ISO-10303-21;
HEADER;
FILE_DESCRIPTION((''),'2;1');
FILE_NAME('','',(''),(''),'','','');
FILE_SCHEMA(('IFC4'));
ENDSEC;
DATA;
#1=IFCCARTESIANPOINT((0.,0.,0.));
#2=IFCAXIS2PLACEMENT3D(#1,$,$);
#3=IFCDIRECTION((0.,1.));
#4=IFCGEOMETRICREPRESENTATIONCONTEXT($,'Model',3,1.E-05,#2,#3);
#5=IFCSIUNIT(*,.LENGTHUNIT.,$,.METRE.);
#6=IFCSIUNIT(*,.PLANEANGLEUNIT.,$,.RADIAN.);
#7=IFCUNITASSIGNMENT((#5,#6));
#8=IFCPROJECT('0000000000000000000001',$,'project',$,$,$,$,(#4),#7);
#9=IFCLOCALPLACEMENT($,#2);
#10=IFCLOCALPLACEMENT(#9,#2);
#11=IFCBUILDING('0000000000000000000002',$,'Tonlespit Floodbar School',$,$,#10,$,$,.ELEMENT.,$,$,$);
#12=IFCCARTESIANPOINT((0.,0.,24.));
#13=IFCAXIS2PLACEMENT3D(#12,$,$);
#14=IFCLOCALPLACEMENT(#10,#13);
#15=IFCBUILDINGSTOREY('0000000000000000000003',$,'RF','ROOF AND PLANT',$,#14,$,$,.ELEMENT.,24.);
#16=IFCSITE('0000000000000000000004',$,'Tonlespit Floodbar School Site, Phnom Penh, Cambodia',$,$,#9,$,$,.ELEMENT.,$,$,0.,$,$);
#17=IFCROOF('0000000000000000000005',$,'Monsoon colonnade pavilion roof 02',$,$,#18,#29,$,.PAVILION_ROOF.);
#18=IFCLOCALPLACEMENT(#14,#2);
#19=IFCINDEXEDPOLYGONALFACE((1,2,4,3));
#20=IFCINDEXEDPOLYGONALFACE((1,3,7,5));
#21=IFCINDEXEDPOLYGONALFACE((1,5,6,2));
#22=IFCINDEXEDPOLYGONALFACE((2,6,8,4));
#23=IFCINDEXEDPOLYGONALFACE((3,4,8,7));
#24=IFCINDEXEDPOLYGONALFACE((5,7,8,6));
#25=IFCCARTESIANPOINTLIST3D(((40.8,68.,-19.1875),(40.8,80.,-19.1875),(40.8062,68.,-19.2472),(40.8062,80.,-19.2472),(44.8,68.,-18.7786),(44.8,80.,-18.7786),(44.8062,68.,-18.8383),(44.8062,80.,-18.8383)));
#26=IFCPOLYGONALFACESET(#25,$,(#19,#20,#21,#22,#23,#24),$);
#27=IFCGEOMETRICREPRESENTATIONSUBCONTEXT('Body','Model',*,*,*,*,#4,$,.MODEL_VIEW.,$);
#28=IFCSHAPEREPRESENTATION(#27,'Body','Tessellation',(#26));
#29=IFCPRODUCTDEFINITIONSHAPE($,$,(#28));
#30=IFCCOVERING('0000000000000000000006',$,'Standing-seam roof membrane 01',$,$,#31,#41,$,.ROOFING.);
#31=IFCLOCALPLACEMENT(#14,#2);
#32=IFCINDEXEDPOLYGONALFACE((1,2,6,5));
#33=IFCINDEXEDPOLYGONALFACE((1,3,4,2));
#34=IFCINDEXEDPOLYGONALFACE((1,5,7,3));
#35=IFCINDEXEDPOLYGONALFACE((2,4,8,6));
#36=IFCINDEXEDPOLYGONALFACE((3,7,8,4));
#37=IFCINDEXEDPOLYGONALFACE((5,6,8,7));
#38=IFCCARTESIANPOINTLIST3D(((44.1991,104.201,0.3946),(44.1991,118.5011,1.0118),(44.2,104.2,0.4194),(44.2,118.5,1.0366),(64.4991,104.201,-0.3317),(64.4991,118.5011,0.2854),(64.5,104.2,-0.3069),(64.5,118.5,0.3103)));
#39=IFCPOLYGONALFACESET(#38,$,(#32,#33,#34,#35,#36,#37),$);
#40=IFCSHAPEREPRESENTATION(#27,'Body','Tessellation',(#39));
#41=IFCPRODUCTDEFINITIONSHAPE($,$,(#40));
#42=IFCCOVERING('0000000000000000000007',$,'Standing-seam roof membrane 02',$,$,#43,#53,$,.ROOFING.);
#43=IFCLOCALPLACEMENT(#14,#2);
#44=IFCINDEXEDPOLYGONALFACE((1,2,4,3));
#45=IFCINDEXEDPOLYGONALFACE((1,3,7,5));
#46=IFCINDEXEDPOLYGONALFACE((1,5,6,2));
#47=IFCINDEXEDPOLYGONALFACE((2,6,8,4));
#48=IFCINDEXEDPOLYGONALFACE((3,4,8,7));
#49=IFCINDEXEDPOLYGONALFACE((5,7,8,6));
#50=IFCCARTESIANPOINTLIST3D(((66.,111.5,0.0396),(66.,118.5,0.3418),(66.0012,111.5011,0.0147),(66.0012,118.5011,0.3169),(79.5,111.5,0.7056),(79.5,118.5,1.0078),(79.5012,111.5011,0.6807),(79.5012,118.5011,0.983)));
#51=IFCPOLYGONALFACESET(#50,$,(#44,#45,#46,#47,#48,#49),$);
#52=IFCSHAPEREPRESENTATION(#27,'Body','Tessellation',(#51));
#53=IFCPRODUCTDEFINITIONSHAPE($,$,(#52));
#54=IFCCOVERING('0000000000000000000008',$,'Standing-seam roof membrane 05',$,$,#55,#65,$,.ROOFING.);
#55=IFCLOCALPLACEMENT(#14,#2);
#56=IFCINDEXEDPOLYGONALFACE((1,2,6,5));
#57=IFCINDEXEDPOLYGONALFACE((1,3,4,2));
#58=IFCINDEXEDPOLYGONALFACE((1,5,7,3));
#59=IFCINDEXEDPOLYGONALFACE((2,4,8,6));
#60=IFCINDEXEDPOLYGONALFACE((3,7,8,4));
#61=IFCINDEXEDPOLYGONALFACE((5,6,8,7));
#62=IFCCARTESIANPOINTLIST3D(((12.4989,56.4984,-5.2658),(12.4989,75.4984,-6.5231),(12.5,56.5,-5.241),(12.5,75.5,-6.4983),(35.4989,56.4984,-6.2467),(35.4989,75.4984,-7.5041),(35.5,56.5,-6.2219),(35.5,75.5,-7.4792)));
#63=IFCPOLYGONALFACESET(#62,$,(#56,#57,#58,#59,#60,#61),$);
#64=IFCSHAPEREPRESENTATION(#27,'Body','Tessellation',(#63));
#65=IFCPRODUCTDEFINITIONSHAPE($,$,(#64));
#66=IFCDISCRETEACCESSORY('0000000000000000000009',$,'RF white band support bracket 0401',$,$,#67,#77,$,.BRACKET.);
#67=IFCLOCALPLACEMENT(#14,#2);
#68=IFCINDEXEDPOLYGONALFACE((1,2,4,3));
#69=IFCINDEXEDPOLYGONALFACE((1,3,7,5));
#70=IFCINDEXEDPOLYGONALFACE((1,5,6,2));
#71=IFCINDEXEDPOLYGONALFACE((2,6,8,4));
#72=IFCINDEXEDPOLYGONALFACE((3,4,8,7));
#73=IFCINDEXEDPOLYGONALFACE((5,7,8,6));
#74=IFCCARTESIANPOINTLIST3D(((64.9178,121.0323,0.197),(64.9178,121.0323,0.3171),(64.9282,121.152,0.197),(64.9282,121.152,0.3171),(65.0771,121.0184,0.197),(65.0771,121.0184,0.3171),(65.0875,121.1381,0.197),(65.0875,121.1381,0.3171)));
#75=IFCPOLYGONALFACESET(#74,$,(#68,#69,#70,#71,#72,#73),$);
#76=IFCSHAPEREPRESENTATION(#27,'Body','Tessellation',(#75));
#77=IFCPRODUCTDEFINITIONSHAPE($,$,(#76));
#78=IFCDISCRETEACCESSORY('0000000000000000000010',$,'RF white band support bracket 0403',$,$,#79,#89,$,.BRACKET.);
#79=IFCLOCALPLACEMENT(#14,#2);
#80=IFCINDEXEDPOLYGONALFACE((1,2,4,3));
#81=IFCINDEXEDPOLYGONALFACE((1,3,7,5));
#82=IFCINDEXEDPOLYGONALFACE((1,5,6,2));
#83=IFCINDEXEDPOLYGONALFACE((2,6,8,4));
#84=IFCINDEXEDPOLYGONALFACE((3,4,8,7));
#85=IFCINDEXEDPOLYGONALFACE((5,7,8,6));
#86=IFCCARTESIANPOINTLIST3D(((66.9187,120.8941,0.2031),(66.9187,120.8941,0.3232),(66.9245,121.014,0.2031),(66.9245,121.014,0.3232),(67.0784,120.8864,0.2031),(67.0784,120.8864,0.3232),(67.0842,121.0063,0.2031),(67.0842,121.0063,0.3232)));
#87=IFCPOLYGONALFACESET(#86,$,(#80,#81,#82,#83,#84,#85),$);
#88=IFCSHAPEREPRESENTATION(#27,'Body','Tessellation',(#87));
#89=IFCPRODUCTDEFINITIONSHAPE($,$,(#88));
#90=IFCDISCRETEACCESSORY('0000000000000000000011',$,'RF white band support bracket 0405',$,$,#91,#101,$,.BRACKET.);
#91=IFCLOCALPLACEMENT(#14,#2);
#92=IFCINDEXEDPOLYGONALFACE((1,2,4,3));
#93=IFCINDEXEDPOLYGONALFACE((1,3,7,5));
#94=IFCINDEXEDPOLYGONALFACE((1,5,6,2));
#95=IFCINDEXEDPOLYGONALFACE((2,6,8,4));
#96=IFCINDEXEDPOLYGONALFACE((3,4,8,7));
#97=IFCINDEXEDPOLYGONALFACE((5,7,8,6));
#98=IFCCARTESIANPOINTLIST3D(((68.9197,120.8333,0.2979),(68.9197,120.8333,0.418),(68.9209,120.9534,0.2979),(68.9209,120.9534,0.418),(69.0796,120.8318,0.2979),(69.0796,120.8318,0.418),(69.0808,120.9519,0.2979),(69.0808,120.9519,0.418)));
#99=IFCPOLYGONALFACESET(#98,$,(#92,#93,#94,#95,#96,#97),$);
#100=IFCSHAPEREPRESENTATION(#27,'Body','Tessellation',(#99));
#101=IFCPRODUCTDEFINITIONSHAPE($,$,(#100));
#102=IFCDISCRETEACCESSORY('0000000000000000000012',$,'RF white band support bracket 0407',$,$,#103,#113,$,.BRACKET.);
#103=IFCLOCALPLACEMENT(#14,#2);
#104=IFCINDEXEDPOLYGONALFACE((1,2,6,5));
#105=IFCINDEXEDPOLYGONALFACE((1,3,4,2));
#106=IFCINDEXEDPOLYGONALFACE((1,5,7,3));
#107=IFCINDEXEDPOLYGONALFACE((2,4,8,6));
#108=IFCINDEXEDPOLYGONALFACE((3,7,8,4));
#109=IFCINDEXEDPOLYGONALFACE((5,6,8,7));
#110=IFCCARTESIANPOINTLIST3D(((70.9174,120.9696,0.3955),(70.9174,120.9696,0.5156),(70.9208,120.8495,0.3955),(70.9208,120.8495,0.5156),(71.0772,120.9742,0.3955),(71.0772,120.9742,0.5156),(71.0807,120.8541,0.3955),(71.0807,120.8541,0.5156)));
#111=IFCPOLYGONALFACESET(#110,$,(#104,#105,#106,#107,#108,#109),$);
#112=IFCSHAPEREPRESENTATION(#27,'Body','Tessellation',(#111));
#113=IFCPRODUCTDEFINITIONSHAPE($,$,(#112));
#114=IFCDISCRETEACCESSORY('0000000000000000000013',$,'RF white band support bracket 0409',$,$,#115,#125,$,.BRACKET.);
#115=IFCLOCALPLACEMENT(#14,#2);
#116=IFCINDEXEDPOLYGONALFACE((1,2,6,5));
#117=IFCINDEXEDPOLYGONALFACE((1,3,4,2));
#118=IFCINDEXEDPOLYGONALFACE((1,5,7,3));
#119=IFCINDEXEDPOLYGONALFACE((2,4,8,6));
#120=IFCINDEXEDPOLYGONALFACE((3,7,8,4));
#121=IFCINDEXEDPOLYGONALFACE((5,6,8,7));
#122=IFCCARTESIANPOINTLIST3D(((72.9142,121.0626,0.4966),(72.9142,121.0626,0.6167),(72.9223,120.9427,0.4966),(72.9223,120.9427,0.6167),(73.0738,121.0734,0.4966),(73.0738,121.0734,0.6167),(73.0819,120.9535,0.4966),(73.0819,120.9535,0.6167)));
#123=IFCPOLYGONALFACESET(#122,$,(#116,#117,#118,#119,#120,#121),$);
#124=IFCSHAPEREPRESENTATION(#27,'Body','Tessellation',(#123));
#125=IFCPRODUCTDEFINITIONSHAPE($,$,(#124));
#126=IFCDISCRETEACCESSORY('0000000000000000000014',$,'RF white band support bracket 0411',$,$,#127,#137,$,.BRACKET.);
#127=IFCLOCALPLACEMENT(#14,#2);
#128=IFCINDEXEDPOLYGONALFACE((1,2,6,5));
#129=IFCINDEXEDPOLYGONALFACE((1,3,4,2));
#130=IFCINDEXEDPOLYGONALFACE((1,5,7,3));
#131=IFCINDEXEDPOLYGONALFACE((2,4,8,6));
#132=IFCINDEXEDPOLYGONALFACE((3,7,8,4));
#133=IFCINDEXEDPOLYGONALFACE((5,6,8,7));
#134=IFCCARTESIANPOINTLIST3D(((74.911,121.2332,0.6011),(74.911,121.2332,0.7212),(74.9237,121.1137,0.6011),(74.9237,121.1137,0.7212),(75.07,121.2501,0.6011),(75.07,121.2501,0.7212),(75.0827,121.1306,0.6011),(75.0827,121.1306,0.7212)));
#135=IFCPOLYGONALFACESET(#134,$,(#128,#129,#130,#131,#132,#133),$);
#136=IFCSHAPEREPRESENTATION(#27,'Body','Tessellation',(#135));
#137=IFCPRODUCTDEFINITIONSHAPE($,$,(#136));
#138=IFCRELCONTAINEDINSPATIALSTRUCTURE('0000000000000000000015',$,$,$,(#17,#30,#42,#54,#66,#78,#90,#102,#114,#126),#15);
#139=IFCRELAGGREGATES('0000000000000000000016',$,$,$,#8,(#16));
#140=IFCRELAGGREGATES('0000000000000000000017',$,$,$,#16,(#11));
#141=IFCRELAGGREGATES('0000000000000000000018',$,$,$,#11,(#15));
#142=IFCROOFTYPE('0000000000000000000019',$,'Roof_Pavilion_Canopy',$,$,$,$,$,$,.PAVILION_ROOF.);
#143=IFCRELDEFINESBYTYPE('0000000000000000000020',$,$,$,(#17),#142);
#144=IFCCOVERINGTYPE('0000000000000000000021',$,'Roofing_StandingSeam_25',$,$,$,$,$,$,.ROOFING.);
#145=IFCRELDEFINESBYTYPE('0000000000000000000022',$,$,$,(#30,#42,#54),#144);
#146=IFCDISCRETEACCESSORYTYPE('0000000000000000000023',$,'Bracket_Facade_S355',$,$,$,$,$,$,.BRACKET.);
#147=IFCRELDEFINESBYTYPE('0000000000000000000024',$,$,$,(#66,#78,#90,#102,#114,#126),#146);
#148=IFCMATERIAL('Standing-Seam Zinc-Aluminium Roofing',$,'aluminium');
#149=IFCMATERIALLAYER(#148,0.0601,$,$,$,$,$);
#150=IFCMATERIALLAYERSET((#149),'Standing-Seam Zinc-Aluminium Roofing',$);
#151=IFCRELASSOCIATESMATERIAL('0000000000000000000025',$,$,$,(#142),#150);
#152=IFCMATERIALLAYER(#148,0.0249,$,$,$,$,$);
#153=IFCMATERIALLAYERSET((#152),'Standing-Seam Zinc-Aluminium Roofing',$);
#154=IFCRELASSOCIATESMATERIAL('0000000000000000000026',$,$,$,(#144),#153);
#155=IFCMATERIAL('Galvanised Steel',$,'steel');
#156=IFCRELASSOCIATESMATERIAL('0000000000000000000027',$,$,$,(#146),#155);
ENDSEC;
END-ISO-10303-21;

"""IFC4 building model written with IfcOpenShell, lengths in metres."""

from ifc_helpers import new_model, si_unit, direction, frame, origin, origin_2d, place, context, subcontext, project, spatial, polyline, rectangle, outline, extrude, material, layer, layer_set, type_object, element, save


model = new_model("IFC4")

# Units and contexts
model_context = context("Model", 3, precision=1e-05, world=origin(), true_north=direction((0.0, 1.0)))
body_context = subcontext(model_context, "Body", "Model", "MODEL_VIEW")
ifc_project = project(units=[si_unit("LENGTHUNIT", "METRE"), si_unit("PLANEANGLEUNIT", "RADIAN")], contexts=[model_context])

# Site, building, storey
site_placement = place(None, origin())
site = spatial("IfcSite", under=ifc_project, at=site_placement, Name="Tonlespit Floodbar School Site, Phnom Penh, Cambodia", CompositionType="ELEMENT", RefElevation=0.0)
building_placement = place(site_placement, origin())
building = spatial("IfcBuilding", under=site, at=building_placement, Name="Tonlespit Floodbar School", CompositionType="ELEMENT")
storey_placement = place(building_placement, frame((0.0, 0.0, 24.0)))
storey = spatial("IfcBuildingStorey", under=building, at=storey_placement, Name="RF", Description="ROOF AND PLANT", CompositionType="ELEMENT", Elevation=24.0)

# Roof
ifc_material_1 = material(Name="Standing-Seam Zinc-Aluminium Roofing", Category="aluminium")
ifc_layer_1 = layer(ifc_material_1, 0.0601)
ifc_layer_set_1 = layer_set([ifc_layer_1], Name="Standing-Seam Zinc-Aluminium Roofing")
roof_type = type_object("IfcRoofType", Name="Roof_Pavilion_Canopy", PredefinedType="PAVILION_ROOF", material=ifc_layer_set_1)
for number, where, z_axis, x_axis, name in (
    (1, (40.8, 68.0, -19.1875), (-0.101704, 0.0, 0.994815), (0.994815, 0.0, 0.101704), "Monsoon colonnade pavilion roof 02"),
):
    element("IfcRoof", number, at=place(storey_placement, frame(where, z_axis=z_axis, x_axis=x_axis)), inside=storey, type_object=roof_type, Name=name, PredefinedType="PAVILION_ROOF", context=body_context, shape_type="SweptSolid", body=[
        extrude(outline(polyline([(0.0, 0.0), (4.0208, 0.0), (4.0208, 12.0), (0.0, 12.0), (0.0, 0.0)])), origin(), (0.0, 0.0, -1.0), 0.0601),
    ])

# Coverings
ifc_layer_2 = layer(ifc_material_1, 0.0249)
ifc_layer_set_2 = layer_set([ifc_layer_2], Name="Standing-Seam Zinc-Aluminium Roofing")
covering_type = type_object("IfcCoveringType", Name="Roofing_StandingSeam_25", PredefinedType="ROOFING", material=ifc_layer_set_2)
covering_1_placement = place(storey_placement, frame((44.2, 104.2, 0.4194), z_axis=(0.035723, -0.043092, 0.998432), x_axis=(0.999361, 0.0, -0.035756)))
element("IfcCovering", 2, at=covering_1_placement, inside=storey, type_object=covering_type, Name="Standing-seam roof membrane 01", PredefinedType="ROOFING", context=body_context, shape_type="SweptSolid", body=[
    extrude(outline(polyline([(0.0, 0.0), (20.313, 0.0), (20.291, 14.3133), (-0.0221, 14.3133), (0.0, 0.0)])), origin(), (0.0, 0.0, -1.0), 0.0249),
])
covering_2_placement = place(storey_placement, frame((66.0, 111.5, 0.0396), z_axis=(-0.049229, -0.043086, 0.997858), x_axis=(0.998785, 0.0, 0.049275)))
element("IfcCovering", 3, at=covering_2_placement, inside=storey, type_object=covering_type, Name="Standing-seam roof membrane 02", PredefinedType="ROOFING", context=body_context, shape_type="SweptSolid", body=[
    extrude(outline(polyline([(0.0, 0.0), (13.5164, 0.0), (13.5313, 7.0065), (0.0149, 7.0065), (0.0, 0.0)])), origin(), (0.0, 0.0, -1.0), 0.0249),
])
covering_3_placement = place(storey_placement, frame((12.5, 56.5, -5.241), z_axis=(0.042519, 0.065971, 0.996915), x_axis=(0.999092, 0.0, -0.042612)))
element("IfcCovering", 4, at=covering_3_placement, inside=storey, type_object=covering_type, Name="Standing-seam roof membrane 05", PredefinedType="ROOFING", context=body_context, shape_type="SweptSolid", body=[
    extrude(outline(polyline([(0.0, 0.0), (23.0209, 0.0), (23.0745, 19.0415), (0.0536, 19.0415), (0.0, 0.0)])), origin(), (0.0, 0.0, -1.0), 0.0249),
])

# Discrete accessories
ifc_material_2 = material(Name="Galvanised Steel", Category="steel")
discrete_accessory_type = type_object("IfcDiscreteAccessoryType", Name="Bracket_Facade_S355", PredefinedType="BRACKET", material=ifc_material_2)
for number, where, z_axis, x_axis, name in (
    (5, (65.0027, 121.0852, 0.197), (0.0, 0.0, 1.0), (0.996245, -0.086573, 0.0), "RF white band support bracket 0401"),
    (6, (67.0015, 120.9502, 0.2031), (0.0, 0.0, 1.0), (0.998843, -0.048095, 0.0), "RF white band support bracket 0403"),
    (7, (69.0002, 120.8926, 0.2979), (0.0, 0.0, 1.0), (0.999954, -0.009599, 0.0), "RF white band support bracket 0405"),
    (8, (70.999, 120.9119, 0.3955), (0.0, 0.0, 1.0), (0.999584, 0.028838, 0.0), "RF white band support bracket 0407"),
    (9, (72.998, 121.0081, 0.4966), (0.0, 0.0, 1.0), (0.99773, 0.067347, 0.0), "RF white band support bracket 0409"),
    (10, (74.9968, 121.1819, 0.6011), (0.0, 0.0, 1.0), (0.994392, 0.105754, 0.0), "RF white band support bracket 0411"),
):
    element("IfcDiscreteAccessory", number, at=place(storey_placement, frame(where, z_axis=z_axis, x_axis=x_axis)), inside=storey, type_object=discrete_accessory_type, Name=name, PredefinedType="BRACKET", context=body_context, shape_type="SweptSolid", body=[
        extrude(rectangle(XDim=0.1599, YDim=0.1201, at=origin_2d()), origin(), (0.0, 0.0, 1.0), 0.1201),
    ])

save(model, "model.ifc")
